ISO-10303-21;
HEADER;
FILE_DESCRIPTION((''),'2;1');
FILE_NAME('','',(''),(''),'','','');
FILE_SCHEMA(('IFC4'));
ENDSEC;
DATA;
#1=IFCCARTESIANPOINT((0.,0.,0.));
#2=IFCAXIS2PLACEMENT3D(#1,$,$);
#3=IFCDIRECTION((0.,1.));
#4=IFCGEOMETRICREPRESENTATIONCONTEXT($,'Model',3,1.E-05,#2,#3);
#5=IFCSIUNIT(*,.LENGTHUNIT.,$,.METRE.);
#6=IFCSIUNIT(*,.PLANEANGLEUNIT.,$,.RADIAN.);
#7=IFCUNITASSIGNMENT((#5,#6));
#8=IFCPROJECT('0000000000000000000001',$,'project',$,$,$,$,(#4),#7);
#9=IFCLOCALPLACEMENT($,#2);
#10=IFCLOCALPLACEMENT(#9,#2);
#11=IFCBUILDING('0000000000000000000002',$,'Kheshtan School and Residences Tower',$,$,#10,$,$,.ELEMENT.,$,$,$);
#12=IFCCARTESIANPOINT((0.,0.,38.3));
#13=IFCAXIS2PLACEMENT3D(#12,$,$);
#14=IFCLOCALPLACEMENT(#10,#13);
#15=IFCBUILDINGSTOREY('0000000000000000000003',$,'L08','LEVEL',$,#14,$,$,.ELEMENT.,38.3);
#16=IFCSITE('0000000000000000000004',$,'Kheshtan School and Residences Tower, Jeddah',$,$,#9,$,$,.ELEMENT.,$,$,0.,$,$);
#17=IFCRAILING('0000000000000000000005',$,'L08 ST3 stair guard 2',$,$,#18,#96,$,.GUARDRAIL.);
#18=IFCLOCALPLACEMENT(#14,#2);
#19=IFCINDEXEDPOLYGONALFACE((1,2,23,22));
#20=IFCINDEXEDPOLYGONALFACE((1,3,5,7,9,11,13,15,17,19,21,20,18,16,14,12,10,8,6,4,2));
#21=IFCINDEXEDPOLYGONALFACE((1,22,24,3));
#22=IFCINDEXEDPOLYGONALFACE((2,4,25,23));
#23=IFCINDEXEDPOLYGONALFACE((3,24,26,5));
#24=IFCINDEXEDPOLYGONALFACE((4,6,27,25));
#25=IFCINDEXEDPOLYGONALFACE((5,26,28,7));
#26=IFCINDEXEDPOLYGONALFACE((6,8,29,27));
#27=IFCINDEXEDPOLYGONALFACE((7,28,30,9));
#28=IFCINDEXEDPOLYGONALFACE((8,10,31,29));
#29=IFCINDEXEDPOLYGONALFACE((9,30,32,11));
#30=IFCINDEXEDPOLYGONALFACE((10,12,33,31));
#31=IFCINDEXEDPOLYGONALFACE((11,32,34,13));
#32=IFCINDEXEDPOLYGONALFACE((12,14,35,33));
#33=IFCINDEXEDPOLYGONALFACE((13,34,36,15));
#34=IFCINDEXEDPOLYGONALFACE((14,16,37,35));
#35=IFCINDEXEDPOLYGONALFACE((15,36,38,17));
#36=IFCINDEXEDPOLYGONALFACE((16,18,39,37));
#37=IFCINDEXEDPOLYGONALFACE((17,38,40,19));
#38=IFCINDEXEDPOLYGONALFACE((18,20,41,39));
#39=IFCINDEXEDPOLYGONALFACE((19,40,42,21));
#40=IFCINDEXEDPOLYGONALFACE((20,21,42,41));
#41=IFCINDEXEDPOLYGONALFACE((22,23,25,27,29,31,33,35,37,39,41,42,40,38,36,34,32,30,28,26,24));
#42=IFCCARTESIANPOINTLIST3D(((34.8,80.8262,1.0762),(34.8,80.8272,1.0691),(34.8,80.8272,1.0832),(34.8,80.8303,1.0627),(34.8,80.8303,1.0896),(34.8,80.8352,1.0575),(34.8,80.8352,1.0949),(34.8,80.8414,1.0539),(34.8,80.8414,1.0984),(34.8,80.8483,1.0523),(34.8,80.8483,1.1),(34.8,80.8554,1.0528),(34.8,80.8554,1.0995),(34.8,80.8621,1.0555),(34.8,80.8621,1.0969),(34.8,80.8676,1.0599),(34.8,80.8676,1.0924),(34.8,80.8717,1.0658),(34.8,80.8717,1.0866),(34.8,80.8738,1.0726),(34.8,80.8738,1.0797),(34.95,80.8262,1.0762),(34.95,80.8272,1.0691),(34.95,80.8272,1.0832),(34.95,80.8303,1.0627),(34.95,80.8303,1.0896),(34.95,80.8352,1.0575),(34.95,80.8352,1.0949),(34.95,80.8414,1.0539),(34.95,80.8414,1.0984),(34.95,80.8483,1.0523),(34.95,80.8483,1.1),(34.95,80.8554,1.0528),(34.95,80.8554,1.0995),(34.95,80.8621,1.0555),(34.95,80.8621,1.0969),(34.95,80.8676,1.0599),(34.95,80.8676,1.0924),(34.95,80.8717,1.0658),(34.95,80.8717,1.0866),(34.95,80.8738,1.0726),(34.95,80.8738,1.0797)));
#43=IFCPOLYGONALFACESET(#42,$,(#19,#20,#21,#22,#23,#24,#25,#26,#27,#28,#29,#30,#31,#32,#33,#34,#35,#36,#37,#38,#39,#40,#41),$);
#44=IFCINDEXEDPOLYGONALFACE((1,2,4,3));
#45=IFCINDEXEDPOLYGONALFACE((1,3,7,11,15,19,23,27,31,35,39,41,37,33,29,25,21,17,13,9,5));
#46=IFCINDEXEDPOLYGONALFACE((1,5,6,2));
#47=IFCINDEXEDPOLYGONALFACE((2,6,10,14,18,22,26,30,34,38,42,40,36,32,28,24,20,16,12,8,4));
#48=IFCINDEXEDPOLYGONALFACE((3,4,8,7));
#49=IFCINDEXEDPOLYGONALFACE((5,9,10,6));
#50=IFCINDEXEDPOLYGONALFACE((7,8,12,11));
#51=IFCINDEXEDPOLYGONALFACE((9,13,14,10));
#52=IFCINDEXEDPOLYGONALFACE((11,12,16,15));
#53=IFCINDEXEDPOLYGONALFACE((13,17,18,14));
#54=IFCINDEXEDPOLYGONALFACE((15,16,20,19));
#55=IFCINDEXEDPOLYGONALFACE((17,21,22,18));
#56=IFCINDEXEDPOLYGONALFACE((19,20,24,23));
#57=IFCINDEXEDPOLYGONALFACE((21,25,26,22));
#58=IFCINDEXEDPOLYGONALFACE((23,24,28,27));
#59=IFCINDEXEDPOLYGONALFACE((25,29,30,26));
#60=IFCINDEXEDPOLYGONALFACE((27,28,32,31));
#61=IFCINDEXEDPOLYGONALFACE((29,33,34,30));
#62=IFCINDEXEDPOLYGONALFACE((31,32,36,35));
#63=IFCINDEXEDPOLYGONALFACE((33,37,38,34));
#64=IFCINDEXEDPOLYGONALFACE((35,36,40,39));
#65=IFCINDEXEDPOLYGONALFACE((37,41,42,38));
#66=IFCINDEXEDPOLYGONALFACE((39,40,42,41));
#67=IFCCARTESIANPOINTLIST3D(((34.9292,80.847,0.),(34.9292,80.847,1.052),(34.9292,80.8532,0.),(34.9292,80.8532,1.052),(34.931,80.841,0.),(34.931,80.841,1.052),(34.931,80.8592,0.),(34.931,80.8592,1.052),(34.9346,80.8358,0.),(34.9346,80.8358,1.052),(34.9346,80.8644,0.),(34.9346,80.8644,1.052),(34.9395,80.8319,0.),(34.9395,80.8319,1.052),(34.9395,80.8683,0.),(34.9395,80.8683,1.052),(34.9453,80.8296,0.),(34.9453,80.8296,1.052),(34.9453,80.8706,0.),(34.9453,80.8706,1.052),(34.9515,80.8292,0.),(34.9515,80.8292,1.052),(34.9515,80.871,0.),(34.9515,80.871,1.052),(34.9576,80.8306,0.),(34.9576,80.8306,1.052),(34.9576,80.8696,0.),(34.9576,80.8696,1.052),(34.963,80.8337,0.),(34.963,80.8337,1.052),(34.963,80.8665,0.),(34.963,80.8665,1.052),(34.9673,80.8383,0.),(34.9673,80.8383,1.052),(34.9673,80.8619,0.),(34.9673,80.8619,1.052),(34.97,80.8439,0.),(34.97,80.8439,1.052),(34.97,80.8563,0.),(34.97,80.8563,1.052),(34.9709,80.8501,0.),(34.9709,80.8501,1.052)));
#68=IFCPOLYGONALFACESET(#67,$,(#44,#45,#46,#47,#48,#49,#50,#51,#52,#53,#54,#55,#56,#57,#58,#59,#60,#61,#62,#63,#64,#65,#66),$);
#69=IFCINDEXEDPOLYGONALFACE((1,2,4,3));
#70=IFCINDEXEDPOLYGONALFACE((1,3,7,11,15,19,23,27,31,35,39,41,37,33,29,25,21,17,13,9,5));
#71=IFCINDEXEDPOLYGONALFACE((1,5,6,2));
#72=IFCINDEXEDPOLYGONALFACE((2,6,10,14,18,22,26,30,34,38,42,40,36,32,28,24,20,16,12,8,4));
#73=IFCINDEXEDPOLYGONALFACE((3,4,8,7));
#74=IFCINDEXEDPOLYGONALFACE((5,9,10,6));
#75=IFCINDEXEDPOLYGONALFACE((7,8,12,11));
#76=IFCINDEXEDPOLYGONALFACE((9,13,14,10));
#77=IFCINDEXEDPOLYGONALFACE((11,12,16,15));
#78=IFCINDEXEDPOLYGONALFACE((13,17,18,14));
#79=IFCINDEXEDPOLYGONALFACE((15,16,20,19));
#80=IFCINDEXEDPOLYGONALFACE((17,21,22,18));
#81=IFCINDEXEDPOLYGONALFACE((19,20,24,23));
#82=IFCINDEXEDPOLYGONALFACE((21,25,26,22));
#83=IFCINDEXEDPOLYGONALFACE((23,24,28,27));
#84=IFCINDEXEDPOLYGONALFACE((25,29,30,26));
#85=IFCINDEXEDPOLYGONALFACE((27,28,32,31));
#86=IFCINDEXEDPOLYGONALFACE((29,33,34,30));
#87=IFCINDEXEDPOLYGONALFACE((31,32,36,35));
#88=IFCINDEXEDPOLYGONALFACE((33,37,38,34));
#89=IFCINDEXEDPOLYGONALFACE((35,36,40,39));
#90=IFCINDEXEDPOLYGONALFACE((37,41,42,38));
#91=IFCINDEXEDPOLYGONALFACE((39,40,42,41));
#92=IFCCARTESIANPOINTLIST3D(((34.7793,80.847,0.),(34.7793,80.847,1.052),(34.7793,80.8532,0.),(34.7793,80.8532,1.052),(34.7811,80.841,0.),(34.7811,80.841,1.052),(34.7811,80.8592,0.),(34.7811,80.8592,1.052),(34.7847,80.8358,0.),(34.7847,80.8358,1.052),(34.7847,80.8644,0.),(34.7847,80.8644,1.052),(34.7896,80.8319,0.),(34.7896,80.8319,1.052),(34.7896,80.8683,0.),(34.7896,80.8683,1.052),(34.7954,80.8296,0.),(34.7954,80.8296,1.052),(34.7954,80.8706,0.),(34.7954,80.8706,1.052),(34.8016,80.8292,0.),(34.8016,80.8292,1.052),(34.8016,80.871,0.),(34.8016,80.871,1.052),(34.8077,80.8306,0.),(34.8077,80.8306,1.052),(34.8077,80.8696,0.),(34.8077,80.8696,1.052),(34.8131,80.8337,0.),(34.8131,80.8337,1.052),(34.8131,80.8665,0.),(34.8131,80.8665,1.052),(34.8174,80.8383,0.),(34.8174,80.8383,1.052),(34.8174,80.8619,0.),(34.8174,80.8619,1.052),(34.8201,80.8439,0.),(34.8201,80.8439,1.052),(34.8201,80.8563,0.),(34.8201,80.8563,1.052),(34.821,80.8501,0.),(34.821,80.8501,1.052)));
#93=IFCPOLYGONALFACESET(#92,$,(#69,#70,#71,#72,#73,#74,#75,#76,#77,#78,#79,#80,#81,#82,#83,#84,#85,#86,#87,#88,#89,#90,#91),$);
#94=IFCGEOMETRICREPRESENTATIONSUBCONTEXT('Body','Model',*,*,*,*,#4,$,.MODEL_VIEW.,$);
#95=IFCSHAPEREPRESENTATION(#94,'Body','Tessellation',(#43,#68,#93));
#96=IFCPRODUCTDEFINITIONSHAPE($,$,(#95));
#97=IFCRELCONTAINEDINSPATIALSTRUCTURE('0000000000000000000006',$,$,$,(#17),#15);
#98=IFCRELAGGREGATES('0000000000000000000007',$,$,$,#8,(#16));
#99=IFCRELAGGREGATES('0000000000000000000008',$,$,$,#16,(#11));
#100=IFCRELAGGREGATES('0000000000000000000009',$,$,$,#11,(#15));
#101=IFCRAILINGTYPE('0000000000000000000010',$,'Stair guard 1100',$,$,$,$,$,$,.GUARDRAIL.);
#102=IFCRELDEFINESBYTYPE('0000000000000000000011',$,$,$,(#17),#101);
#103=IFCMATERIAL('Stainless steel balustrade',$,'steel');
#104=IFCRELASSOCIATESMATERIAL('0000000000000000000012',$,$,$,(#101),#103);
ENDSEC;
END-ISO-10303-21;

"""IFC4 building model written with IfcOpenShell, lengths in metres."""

from ifc_helpers import new_model, si_unit, direction, frame, origin, origin_2d, place, context, subcontext, project, spatial, circle, extrude, material, type_object, element, save


model = new_model("IFC4")

# Units and contexts
model_context = context("Model", 3, precision=1e-05, world=origin(), true_north=direction((0.0, 1.0)))
body_context = subcontext(model_context, "Body", "Model", "MODEL_VIEW")
ifc_project = project(units=[si_unit("LENGTHUNIT", "METRE"), si_unit("PLANEANGLEUNIT", "RADIAN")], contexts=[model_context])

# Site, building, storey
site_placement = place(None, origin())
site = spatial("IfcSite", under=ifc_project, at=site_placement, Name="Kheshtan School and Residences Tower, Jeddah", CompositionType="ELEMENT", RefElevation=0.0)
building_placement = place(site_placement, origin())
building = spatial("IfcBuilding", under=site, at=building_placement, Name="Kheshtan School and Residences Tower", CompositionType="ELEMENT")
storey_placement = place(building_placement, frame((0.0, 0.0, 38.3)))
storey = spatial("IfcBuildingStorey", under=building, at=storey_placement, Name="L08", Description="LEVEL", CompositionType="ELEMENT", Elevation=38.3)

# Railing
ifc_material_1 = material(Name="Stainless steel balustrade", Category="steel")
railing_type_1 = type_object("IfcRailingType", Name="Stair guard 1100", PredefinedType="GUARDRAIL", material=ifc_material_1)
railing_1_placement = place(storey_placement, frame((34.95, 80.8501, 0.0)))
element("IfcRailing", 1, at=railing_1_placement, inside=storey, type_object=railing_type_1, Name="L08 ST3 stair guard 2", PredefinedType="GUARDRAIL", context=body_context, shape_type="SweptSolid", body=[
    extrude(circle(Radius=0.0239, at=origin_2d()), frame((0.0, 0.0, 1.0762), z_axis=(-1.0, 0.0, 0.0), x_axis=(0.0, -1.0, 0.0)), (0.0, 0.0, 1.0), 0.1499),
    extrude(circle(Radius=0.021, at=origin_2d()), origin(), (0.0, 0.0, 1.0), 1.052),
    extrude(circle(Radius=0.021, at=origin_2d()), frame((-0.1499, 0.0, 0.0)), (0.0, 0.0, 1.0), 1.052),
])

save(model, "model.ifc")
